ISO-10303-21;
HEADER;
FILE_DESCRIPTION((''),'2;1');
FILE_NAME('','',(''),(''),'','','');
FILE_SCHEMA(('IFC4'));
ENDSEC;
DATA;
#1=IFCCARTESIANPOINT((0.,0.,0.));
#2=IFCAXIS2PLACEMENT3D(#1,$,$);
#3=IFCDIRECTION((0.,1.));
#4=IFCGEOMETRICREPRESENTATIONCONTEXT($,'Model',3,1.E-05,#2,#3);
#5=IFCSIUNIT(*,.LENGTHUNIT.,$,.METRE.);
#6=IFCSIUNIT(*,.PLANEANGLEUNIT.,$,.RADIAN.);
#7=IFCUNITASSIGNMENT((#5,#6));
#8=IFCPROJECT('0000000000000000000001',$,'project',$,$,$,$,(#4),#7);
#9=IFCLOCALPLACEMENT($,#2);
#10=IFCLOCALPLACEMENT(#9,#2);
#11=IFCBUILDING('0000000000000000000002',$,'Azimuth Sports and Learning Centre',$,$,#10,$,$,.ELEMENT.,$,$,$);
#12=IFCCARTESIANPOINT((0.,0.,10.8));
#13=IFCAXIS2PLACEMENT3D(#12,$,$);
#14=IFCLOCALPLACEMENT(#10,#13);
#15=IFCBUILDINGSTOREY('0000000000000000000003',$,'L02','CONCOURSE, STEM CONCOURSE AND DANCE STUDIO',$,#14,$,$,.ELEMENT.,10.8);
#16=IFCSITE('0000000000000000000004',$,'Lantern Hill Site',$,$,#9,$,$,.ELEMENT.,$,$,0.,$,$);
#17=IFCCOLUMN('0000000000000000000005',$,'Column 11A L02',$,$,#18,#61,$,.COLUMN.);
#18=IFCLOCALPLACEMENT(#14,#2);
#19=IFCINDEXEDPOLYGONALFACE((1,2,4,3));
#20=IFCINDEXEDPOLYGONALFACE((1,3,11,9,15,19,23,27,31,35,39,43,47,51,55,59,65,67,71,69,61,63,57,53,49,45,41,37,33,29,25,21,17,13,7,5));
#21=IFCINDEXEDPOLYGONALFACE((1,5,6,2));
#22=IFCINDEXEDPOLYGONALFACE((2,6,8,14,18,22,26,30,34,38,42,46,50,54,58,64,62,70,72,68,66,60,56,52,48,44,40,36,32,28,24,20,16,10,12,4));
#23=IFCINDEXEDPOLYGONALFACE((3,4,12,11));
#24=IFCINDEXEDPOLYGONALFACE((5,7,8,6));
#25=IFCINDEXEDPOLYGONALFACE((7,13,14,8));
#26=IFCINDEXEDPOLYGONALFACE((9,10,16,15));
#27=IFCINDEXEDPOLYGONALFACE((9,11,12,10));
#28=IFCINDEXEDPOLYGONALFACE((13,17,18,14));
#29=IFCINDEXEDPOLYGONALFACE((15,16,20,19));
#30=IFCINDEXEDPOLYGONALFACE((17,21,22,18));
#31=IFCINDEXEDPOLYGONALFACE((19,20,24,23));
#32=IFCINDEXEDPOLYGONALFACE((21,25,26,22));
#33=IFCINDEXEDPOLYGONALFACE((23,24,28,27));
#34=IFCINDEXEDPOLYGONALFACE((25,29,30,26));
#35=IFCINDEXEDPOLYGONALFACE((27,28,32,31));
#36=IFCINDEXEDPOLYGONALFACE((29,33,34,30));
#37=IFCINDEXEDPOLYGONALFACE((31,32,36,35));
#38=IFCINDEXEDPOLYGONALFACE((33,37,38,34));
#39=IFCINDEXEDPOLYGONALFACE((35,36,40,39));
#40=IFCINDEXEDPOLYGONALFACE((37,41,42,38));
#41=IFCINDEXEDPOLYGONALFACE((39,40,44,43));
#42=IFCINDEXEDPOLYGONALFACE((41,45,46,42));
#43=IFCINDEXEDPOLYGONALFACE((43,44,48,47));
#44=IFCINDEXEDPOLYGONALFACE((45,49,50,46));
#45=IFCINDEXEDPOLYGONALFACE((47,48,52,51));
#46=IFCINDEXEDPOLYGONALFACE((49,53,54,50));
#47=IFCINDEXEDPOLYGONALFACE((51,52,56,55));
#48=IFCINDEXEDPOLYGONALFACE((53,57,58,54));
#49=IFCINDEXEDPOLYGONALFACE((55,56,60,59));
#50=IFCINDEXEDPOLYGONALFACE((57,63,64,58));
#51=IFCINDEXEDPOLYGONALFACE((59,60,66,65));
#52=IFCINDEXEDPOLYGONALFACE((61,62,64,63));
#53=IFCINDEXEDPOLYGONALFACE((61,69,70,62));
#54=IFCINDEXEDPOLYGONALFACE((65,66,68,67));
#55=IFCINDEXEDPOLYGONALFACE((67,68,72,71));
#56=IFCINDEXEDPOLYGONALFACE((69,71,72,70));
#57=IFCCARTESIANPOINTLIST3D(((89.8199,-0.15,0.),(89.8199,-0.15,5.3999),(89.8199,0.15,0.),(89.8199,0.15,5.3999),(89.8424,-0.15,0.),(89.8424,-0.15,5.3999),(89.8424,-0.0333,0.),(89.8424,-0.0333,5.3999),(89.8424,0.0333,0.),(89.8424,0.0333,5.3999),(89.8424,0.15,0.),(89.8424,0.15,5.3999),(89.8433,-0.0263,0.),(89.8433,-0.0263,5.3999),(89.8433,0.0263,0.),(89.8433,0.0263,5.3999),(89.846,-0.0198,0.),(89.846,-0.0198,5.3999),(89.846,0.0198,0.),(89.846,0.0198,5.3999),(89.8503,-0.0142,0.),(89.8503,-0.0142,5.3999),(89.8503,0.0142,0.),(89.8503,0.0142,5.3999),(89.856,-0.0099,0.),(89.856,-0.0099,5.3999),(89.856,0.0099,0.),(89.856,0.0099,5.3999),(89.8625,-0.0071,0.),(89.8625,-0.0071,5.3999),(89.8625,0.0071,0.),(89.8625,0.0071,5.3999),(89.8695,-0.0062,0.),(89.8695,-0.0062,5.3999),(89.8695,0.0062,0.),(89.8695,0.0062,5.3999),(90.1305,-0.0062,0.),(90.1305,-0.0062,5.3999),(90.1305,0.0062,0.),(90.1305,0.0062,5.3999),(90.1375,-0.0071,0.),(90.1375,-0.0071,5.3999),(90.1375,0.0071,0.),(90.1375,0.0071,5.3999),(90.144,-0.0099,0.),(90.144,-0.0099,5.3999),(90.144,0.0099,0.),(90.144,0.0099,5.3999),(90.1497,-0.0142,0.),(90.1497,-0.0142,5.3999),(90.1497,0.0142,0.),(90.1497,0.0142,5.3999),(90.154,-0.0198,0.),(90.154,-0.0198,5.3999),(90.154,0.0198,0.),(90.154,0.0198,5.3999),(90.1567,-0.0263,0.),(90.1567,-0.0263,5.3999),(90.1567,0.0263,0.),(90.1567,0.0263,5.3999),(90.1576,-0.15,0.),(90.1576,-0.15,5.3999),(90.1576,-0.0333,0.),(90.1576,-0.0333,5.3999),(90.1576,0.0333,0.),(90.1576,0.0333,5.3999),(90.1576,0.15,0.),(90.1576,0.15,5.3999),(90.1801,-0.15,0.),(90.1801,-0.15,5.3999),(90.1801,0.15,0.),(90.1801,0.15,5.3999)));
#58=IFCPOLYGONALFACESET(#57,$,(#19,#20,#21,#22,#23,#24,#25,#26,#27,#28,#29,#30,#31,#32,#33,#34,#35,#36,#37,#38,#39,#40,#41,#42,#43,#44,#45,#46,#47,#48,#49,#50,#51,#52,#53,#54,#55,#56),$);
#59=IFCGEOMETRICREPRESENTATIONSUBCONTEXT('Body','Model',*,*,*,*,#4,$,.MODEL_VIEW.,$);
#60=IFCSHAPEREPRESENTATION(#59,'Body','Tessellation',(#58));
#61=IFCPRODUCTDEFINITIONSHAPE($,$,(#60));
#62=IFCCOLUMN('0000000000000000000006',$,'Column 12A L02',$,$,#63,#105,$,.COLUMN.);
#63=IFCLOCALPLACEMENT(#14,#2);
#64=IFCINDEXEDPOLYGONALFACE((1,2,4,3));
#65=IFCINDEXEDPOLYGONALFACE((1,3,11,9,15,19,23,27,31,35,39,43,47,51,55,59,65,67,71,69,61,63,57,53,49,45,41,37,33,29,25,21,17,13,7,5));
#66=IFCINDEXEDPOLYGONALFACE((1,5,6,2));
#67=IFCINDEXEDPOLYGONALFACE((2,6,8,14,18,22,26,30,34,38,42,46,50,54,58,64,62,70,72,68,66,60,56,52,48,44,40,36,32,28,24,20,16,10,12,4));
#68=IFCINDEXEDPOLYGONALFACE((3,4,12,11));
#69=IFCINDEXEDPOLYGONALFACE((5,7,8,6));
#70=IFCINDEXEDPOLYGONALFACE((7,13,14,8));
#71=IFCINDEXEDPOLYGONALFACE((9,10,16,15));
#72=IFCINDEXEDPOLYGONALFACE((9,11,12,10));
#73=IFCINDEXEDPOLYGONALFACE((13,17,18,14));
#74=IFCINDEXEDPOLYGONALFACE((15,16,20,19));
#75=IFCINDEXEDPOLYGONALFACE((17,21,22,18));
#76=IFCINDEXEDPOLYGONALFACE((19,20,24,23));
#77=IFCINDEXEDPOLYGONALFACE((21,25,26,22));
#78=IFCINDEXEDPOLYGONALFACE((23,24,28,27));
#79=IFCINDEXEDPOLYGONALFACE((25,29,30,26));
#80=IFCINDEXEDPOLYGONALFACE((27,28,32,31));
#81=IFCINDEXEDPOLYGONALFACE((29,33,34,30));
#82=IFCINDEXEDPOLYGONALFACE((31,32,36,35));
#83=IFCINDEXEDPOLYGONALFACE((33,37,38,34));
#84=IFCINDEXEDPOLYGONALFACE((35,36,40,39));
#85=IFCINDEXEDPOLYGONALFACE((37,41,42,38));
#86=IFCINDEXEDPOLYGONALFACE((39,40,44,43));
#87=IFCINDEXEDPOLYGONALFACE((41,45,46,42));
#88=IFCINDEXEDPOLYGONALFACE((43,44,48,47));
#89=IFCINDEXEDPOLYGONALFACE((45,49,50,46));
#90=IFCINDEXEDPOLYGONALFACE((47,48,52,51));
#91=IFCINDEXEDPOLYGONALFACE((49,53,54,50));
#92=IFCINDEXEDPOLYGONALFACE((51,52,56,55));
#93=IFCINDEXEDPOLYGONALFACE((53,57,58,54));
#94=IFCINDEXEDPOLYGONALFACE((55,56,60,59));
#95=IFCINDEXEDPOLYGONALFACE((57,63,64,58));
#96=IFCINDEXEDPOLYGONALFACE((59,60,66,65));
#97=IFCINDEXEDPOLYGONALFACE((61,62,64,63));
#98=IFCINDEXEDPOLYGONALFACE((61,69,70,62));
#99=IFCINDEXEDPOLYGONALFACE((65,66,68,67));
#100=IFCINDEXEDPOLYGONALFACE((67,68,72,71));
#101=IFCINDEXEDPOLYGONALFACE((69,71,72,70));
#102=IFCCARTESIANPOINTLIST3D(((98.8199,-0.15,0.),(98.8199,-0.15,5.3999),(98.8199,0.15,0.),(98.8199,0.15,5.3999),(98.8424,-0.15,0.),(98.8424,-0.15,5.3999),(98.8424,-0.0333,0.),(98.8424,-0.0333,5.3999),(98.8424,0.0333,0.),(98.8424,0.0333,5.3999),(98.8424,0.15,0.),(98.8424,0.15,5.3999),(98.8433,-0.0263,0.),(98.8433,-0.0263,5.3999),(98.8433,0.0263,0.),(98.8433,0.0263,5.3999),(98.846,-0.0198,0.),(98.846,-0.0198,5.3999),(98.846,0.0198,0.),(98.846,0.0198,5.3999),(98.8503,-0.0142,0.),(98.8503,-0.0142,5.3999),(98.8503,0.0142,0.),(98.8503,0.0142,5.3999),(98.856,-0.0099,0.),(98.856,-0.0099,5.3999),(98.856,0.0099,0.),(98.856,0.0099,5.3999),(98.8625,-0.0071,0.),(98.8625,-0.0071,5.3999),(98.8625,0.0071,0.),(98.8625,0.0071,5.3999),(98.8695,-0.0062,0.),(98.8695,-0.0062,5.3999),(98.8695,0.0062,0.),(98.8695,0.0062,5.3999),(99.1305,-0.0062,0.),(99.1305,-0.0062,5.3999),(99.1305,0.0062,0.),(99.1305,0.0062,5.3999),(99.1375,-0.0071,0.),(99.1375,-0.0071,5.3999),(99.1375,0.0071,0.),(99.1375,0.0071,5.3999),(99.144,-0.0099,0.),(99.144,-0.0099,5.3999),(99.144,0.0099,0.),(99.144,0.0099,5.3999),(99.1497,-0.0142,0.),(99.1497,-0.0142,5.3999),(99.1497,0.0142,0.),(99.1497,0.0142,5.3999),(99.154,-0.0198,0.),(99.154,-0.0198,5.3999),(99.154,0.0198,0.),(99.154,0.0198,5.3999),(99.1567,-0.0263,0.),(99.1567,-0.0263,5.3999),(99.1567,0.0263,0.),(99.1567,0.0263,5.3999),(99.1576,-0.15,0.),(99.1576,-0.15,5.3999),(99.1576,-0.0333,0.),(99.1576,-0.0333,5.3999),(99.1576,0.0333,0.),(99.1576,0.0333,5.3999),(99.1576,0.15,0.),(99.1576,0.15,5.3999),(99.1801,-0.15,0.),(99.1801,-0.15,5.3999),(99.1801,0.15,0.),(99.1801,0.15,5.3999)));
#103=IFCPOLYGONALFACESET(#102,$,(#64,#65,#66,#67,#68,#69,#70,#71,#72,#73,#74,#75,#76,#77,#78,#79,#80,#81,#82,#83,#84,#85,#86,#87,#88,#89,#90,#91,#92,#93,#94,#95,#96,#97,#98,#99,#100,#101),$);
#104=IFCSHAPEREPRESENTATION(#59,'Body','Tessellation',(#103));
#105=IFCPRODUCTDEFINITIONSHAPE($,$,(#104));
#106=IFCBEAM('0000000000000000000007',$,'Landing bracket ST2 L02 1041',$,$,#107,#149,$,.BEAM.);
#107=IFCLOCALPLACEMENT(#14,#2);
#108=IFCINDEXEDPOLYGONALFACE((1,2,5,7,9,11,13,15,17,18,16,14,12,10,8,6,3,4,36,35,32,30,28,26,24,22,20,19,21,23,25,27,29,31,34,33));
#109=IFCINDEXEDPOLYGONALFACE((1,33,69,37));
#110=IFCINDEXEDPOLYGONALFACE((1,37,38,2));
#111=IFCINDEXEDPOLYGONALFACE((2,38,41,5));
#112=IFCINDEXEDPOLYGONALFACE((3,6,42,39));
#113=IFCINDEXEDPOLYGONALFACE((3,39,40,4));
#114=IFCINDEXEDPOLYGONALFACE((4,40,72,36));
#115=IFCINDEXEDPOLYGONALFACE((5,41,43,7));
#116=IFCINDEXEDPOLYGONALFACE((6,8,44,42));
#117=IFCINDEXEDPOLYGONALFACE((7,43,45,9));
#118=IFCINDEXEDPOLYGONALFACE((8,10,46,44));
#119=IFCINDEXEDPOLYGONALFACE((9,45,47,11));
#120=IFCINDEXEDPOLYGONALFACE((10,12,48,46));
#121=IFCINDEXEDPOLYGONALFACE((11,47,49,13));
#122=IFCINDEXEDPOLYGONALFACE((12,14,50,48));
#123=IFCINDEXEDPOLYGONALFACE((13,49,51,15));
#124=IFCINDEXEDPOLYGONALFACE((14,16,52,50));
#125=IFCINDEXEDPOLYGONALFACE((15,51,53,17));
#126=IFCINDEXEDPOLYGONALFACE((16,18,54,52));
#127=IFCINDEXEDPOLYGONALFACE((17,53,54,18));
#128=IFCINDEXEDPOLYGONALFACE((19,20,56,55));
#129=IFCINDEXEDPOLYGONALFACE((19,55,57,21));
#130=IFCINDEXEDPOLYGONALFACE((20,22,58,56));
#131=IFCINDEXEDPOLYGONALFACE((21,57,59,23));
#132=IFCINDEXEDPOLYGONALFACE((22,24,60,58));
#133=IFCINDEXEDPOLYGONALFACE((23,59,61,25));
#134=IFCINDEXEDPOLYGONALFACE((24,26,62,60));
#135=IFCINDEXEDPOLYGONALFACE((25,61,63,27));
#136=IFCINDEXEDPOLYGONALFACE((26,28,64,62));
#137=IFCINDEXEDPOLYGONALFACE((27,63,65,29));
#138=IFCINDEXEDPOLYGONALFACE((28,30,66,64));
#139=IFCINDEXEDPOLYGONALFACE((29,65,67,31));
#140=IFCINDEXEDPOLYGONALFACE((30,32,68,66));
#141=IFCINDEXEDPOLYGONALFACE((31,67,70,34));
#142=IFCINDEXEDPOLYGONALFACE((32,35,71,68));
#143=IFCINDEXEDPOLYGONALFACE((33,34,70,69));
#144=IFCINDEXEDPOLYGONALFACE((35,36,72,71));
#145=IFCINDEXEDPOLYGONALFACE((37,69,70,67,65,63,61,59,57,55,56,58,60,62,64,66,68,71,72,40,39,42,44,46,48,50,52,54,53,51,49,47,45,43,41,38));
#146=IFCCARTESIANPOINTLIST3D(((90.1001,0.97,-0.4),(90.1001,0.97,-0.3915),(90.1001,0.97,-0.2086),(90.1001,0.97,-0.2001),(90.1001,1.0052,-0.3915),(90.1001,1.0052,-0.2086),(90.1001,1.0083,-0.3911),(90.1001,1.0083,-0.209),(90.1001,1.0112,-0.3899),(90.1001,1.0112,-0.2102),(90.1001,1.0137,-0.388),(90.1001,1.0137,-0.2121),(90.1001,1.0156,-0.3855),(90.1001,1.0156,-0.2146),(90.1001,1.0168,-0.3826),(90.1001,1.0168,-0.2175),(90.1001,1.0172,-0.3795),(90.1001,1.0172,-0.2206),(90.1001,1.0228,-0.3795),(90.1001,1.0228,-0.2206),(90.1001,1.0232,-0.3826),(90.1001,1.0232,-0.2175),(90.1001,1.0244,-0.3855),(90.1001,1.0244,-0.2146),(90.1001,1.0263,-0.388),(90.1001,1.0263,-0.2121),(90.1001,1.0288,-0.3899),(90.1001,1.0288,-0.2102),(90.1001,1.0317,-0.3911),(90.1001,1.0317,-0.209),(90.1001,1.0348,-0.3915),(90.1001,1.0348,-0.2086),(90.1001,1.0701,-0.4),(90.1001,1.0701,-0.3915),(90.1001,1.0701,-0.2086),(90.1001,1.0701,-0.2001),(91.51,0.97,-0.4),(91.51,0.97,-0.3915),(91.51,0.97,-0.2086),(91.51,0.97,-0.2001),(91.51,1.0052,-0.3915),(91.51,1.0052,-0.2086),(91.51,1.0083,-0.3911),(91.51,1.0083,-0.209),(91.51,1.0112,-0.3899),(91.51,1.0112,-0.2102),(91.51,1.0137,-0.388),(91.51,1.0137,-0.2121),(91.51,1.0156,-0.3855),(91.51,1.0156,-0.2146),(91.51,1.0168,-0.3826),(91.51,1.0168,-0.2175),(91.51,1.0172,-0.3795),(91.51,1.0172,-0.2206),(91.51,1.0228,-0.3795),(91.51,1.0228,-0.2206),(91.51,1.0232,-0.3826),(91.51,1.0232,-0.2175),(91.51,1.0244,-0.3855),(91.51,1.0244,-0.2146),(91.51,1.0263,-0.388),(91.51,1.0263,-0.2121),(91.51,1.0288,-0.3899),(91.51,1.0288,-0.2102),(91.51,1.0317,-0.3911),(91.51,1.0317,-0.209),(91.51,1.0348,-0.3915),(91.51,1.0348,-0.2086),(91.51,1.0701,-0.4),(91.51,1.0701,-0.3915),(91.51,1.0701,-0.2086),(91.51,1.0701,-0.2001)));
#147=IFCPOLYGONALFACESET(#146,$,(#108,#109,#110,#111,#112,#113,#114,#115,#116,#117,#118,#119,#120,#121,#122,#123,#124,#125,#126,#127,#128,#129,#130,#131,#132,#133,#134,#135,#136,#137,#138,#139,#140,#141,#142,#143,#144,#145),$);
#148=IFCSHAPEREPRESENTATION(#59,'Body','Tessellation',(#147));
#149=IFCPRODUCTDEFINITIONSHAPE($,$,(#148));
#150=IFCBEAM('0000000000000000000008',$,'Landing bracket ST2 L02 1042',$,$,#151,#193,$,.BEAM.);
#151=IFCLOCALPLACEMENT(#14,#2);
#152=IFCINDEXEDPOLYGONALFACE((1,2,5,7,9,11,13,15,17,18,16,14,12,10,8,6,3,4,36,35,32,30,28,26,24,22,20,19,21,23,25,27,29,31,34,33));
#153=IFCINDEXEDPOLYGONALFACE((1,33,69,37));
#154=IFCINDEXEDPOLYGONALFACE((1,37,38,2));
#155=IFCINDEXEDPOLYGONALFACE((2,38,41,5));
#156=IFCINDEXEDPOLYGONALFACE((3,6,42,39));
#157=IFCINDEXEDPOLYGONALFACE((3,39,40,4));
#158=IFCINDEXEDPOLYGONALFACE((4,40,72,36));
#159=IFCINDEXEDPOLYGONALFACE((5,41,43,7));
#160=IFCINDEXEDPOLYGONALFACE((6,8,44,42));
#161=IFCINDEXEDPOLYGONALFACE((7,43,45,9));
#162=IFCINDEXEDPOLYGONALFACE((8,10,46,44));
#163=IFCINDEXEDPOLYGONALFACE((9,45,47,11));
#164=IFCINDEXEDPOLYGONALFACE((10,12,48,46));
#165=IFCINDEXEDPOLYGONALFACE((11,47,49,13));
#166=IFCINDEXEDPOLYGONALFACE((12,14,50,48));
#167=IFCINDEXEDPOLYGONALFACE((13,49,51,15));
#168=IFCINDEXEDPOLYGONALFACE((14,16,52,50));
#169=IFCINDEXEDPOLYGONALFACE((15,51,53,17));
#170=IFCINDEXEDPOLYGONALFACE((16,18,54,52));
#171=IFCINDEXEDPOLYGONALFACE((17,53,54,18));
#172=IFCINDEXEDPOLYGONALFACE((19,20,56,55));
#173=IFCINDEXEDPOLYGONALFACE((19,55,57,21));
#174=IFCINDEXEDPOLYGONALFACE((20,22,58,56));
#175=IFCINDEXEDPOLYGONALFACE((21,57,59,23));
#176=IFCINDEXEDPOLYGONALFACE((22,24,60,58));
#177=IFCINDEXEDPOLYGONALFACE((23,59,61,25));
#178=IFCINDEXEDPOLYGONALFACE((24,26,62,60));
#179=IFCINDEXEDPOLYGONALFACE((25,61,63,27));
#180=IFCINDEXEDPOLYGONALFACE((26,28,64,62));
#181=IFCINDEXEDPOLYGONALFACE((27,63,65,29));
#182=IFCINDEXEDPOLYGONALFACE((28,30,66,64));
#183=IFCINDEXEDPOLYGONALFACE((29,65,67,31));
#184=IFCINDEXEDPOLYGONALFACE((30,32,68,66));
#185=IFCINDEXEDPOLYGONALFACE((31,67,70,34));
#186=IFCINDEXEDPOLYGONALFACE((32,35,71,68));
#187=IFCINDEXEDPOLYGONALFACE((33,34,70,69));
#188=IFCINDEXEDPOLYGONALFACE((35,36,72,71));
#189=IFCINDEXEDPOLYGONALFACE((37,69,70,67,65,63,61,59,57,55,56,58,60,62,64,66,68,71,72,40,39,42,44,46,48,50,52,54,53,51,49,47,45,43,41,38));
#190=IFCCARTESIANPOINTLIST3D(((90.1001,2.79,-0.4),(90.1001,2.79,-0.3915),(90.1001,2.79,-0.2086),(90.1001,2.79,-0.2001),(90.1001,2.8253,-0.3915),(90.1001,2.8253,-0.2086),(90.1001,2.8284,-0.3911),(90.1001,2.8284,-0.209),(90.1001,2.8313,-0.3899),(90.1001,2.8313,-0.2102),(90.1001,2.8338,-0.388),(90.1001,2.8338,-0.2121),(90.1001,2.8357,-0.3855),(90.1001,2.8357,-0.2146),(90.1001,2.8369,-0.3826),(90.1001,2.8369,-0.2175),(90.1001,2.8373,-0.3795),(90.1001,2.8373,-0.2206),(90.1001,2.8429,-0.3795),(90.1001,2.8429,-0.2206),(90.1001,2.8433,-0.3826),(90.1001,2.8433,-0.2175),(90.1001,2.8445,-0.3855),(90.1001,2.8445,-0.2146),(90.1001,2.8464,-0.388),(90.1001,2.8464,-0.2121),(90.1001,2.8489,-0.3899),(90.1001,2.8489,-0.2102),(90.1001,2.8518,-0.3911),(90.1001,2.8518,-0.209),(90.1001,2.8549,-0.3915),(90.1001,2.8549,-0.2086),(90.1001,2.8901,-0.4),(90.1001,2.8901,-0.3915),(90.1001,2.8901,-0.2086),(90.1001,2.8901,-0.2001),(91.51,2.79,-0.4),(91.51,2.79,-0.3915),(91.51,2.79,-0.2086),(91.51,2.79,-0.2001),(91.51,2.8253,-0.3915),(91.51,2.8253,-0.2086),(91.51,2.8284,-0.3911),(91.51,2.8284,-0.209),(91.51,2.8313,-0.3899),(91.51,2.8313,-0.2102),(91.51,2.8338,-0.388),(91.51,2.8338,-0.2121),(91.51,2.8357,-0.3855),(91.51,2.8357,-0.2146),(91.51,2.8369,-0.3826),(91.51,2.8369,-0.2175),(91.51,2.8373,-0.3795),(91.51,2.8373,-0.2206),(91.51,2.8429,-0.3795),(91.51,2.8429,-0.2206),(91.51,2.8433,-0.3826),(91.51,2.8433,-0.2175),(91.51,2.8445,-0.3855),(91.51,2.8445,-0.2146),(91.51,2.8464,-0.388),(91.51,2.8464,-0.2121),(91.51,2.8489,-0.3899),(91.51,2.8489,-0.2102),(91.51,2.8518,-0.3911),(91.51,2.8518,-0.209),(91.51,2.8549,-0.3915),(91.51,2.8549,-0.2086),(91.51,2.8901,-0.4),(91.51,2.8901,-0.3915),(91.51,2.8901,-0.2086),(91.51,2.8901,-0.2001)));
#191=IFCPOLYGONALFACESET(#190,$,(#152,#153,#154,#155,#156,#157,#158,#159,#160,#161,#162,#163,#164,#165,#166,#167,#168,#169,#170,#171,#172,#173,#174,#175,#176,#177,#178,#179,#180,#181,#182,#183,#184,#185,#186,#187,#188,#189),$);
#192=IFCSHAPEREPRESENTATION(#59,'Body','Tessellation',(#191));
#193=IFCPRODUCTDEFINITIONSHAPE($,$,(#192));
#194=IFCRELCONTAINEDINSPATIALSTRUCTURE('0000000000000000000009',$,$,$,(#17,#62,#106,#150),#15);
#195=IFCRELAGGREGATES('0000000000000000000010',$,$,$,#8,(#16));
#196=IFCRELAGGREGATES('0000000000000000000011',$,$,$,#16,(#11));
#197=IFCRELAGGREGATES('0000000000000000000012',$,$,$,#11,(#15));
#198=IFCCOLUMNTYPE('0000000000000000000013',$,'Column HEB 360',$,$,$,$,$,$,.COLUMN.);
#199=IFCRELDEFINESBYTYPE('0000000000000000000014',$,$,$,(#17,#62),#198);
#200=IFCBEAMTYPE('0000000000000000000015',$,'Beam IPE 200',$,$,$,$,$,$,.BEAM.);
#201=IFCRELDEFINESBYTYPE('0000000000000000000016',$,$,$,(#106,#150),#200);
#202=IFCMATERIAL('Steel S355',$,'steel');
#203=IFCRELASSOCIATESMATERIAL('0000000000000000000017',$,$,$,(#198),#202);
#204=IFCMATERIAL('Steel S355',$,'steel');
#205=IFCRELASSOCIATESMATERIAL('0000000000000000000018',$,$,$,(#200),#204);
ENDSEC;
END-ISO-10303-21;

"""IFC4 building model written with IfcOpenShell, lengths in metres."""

from ifc_helpers import new_model, si_unit, direction, frame, origin, origin_2d, place, context, subcontext, project, spatial, i_section, extrude, material, material_profile, profile_set, type_object, element, save


model = new_model("IFC4")

# Units and contexts
model_context = context("Model", 3, precision=1e-05, world=origin(), true_north=direction((0.0, 1.0)))
body_context = subcontext(model_context, "Body", "Model", "MODEL_VIEW")
ifc_project = project(units=[si_unit("LENGTHUNIT", "METRE"), si_unit("PLANEANGLEUNIT", "RADIAN")], contexts=[model_context])

# Site, building, storey
site_placement = place(None, origin())
site = spatial("IfcSite", under=ifc_project, at=site_placement, Name="Lantern Hill Site", CompositionType="ELEMENT", RefElevation=0.0)
building_placement = place(site_placement, origin())
building = spatial("IfcBuilding", under=site, at=building_placement, Name="Azimuth Sports and Learning Centre", CompositionType="ELEMENT")
storey_placement = place(building_placement, frame((0.0, 0.0, 10.8)))
storey = spatial("IfcBuildingStorey", under=building, at=storey_placement, Name="L02", Description="CONCOURSE, STEM CONCOURSE AND DANCE STUDIO", CompositionType="ELEMENT", Elevation=10.8)

# Columns
ifc_material_1 = material(Name="Steel S355", Category="steel")
ifc_material_profile_1 = material_profile(ifc_material_1, i_section(OverallWidth=0.3, OverallDepth=0.3601, WebThickness=0.0125, FlangeThickness=0.0225, FilletRadius=0.0271, at=origin_2d()), Name="HEB 360")
ifc_profile_set_1 = profile_set([ifc_material_profile_1], Name="Steel S355")
column_type = type_object("IfcColumnType", Name="Column HEB 360", PredefinedType="COLUMN", material=ifc_profile_set_1)
for number, where, z_axis, x_axis, name in (
    (1, (90.0, 0.0, 0.0), (0.0, 0.0, 1.0), (0.0, 1.0, 0.0), "Column 11A L02"),
    (2, (99.0, 0.0, 0.0), (0.0, 0.0, 1.0), (0.0, 1.0, 0.0), "Column 12A L02"),
):
    element("IfcColumn", number, at=place(storey_placement, frame(where, z_axis=z_axis, x_axis=x_axis)), inside=storey, type_object=column_type, Name=name, PredefinedType="COLUMN", context=body_context, shape_type="SweptSolid", body=[
        extrude(i_section(OverallWidth=0.3, OverallDepth=0.3601, WebThickness=0.0125, FlangeThickness=0.0225, FilletRadius=0.0271, at=origin_2d()), origin(), (0.0, 0.0, 1.0), 5.3999),
    ])

# Beams
ifc_material_2 = material(Name="Steel S355", Category="steel")
ifc_material_profile_2 = material_profile(ifc_material_2, i_section(OverallWidth=0.1001, OverallDepth=0.2, WebThickness=0.0056, FlangeThickness=0.0085, FilletRadius=0.012, at=origin_2d()), Name="IPE 200")
ifc_profile_set_2 = profile_set([ifc_material_profile_2], Name="Steel S355")
beam_type = type_object("IfcBeamType", Name="Beam IPE 200", PredefinedType="BEAM", material=ifc_profile_set_2)
for number, where, z_axis, x_axis, name in (
    (3, (90.1001, 1.02, -0.3), (1.0, 0.0, 0.0), (0.0, 1.0, 0.0), "Landing bracket ST2 L02 1041"),
    (4, (90.1001, 2.8401, -0.3), (1.0, 0.0, 0.0), (0.0, 1.0, 0.0), "Landing bracket ST2 L02 1042"),
):
    element("IfcBeam", number, at=place(storey_placement, frame(where, z_axis=z_axis, x_axis=x_axis)), inside=storey, type_object=beam_type, Name=name, PredefinedType="BEAM", context=body_context, shape_type="SweptSolid", body=[
        extrude(i_section(OverallWidth=0.1001, OverallDepth=0.2, WebThickness=0.0056, FlangeThickness=0.0085, FilletRadius=0.012, at=origin_2d()), origin(), (0.0, 0.0, 1.0), 1.4099),
    ])

save(model, "model.ifc")
